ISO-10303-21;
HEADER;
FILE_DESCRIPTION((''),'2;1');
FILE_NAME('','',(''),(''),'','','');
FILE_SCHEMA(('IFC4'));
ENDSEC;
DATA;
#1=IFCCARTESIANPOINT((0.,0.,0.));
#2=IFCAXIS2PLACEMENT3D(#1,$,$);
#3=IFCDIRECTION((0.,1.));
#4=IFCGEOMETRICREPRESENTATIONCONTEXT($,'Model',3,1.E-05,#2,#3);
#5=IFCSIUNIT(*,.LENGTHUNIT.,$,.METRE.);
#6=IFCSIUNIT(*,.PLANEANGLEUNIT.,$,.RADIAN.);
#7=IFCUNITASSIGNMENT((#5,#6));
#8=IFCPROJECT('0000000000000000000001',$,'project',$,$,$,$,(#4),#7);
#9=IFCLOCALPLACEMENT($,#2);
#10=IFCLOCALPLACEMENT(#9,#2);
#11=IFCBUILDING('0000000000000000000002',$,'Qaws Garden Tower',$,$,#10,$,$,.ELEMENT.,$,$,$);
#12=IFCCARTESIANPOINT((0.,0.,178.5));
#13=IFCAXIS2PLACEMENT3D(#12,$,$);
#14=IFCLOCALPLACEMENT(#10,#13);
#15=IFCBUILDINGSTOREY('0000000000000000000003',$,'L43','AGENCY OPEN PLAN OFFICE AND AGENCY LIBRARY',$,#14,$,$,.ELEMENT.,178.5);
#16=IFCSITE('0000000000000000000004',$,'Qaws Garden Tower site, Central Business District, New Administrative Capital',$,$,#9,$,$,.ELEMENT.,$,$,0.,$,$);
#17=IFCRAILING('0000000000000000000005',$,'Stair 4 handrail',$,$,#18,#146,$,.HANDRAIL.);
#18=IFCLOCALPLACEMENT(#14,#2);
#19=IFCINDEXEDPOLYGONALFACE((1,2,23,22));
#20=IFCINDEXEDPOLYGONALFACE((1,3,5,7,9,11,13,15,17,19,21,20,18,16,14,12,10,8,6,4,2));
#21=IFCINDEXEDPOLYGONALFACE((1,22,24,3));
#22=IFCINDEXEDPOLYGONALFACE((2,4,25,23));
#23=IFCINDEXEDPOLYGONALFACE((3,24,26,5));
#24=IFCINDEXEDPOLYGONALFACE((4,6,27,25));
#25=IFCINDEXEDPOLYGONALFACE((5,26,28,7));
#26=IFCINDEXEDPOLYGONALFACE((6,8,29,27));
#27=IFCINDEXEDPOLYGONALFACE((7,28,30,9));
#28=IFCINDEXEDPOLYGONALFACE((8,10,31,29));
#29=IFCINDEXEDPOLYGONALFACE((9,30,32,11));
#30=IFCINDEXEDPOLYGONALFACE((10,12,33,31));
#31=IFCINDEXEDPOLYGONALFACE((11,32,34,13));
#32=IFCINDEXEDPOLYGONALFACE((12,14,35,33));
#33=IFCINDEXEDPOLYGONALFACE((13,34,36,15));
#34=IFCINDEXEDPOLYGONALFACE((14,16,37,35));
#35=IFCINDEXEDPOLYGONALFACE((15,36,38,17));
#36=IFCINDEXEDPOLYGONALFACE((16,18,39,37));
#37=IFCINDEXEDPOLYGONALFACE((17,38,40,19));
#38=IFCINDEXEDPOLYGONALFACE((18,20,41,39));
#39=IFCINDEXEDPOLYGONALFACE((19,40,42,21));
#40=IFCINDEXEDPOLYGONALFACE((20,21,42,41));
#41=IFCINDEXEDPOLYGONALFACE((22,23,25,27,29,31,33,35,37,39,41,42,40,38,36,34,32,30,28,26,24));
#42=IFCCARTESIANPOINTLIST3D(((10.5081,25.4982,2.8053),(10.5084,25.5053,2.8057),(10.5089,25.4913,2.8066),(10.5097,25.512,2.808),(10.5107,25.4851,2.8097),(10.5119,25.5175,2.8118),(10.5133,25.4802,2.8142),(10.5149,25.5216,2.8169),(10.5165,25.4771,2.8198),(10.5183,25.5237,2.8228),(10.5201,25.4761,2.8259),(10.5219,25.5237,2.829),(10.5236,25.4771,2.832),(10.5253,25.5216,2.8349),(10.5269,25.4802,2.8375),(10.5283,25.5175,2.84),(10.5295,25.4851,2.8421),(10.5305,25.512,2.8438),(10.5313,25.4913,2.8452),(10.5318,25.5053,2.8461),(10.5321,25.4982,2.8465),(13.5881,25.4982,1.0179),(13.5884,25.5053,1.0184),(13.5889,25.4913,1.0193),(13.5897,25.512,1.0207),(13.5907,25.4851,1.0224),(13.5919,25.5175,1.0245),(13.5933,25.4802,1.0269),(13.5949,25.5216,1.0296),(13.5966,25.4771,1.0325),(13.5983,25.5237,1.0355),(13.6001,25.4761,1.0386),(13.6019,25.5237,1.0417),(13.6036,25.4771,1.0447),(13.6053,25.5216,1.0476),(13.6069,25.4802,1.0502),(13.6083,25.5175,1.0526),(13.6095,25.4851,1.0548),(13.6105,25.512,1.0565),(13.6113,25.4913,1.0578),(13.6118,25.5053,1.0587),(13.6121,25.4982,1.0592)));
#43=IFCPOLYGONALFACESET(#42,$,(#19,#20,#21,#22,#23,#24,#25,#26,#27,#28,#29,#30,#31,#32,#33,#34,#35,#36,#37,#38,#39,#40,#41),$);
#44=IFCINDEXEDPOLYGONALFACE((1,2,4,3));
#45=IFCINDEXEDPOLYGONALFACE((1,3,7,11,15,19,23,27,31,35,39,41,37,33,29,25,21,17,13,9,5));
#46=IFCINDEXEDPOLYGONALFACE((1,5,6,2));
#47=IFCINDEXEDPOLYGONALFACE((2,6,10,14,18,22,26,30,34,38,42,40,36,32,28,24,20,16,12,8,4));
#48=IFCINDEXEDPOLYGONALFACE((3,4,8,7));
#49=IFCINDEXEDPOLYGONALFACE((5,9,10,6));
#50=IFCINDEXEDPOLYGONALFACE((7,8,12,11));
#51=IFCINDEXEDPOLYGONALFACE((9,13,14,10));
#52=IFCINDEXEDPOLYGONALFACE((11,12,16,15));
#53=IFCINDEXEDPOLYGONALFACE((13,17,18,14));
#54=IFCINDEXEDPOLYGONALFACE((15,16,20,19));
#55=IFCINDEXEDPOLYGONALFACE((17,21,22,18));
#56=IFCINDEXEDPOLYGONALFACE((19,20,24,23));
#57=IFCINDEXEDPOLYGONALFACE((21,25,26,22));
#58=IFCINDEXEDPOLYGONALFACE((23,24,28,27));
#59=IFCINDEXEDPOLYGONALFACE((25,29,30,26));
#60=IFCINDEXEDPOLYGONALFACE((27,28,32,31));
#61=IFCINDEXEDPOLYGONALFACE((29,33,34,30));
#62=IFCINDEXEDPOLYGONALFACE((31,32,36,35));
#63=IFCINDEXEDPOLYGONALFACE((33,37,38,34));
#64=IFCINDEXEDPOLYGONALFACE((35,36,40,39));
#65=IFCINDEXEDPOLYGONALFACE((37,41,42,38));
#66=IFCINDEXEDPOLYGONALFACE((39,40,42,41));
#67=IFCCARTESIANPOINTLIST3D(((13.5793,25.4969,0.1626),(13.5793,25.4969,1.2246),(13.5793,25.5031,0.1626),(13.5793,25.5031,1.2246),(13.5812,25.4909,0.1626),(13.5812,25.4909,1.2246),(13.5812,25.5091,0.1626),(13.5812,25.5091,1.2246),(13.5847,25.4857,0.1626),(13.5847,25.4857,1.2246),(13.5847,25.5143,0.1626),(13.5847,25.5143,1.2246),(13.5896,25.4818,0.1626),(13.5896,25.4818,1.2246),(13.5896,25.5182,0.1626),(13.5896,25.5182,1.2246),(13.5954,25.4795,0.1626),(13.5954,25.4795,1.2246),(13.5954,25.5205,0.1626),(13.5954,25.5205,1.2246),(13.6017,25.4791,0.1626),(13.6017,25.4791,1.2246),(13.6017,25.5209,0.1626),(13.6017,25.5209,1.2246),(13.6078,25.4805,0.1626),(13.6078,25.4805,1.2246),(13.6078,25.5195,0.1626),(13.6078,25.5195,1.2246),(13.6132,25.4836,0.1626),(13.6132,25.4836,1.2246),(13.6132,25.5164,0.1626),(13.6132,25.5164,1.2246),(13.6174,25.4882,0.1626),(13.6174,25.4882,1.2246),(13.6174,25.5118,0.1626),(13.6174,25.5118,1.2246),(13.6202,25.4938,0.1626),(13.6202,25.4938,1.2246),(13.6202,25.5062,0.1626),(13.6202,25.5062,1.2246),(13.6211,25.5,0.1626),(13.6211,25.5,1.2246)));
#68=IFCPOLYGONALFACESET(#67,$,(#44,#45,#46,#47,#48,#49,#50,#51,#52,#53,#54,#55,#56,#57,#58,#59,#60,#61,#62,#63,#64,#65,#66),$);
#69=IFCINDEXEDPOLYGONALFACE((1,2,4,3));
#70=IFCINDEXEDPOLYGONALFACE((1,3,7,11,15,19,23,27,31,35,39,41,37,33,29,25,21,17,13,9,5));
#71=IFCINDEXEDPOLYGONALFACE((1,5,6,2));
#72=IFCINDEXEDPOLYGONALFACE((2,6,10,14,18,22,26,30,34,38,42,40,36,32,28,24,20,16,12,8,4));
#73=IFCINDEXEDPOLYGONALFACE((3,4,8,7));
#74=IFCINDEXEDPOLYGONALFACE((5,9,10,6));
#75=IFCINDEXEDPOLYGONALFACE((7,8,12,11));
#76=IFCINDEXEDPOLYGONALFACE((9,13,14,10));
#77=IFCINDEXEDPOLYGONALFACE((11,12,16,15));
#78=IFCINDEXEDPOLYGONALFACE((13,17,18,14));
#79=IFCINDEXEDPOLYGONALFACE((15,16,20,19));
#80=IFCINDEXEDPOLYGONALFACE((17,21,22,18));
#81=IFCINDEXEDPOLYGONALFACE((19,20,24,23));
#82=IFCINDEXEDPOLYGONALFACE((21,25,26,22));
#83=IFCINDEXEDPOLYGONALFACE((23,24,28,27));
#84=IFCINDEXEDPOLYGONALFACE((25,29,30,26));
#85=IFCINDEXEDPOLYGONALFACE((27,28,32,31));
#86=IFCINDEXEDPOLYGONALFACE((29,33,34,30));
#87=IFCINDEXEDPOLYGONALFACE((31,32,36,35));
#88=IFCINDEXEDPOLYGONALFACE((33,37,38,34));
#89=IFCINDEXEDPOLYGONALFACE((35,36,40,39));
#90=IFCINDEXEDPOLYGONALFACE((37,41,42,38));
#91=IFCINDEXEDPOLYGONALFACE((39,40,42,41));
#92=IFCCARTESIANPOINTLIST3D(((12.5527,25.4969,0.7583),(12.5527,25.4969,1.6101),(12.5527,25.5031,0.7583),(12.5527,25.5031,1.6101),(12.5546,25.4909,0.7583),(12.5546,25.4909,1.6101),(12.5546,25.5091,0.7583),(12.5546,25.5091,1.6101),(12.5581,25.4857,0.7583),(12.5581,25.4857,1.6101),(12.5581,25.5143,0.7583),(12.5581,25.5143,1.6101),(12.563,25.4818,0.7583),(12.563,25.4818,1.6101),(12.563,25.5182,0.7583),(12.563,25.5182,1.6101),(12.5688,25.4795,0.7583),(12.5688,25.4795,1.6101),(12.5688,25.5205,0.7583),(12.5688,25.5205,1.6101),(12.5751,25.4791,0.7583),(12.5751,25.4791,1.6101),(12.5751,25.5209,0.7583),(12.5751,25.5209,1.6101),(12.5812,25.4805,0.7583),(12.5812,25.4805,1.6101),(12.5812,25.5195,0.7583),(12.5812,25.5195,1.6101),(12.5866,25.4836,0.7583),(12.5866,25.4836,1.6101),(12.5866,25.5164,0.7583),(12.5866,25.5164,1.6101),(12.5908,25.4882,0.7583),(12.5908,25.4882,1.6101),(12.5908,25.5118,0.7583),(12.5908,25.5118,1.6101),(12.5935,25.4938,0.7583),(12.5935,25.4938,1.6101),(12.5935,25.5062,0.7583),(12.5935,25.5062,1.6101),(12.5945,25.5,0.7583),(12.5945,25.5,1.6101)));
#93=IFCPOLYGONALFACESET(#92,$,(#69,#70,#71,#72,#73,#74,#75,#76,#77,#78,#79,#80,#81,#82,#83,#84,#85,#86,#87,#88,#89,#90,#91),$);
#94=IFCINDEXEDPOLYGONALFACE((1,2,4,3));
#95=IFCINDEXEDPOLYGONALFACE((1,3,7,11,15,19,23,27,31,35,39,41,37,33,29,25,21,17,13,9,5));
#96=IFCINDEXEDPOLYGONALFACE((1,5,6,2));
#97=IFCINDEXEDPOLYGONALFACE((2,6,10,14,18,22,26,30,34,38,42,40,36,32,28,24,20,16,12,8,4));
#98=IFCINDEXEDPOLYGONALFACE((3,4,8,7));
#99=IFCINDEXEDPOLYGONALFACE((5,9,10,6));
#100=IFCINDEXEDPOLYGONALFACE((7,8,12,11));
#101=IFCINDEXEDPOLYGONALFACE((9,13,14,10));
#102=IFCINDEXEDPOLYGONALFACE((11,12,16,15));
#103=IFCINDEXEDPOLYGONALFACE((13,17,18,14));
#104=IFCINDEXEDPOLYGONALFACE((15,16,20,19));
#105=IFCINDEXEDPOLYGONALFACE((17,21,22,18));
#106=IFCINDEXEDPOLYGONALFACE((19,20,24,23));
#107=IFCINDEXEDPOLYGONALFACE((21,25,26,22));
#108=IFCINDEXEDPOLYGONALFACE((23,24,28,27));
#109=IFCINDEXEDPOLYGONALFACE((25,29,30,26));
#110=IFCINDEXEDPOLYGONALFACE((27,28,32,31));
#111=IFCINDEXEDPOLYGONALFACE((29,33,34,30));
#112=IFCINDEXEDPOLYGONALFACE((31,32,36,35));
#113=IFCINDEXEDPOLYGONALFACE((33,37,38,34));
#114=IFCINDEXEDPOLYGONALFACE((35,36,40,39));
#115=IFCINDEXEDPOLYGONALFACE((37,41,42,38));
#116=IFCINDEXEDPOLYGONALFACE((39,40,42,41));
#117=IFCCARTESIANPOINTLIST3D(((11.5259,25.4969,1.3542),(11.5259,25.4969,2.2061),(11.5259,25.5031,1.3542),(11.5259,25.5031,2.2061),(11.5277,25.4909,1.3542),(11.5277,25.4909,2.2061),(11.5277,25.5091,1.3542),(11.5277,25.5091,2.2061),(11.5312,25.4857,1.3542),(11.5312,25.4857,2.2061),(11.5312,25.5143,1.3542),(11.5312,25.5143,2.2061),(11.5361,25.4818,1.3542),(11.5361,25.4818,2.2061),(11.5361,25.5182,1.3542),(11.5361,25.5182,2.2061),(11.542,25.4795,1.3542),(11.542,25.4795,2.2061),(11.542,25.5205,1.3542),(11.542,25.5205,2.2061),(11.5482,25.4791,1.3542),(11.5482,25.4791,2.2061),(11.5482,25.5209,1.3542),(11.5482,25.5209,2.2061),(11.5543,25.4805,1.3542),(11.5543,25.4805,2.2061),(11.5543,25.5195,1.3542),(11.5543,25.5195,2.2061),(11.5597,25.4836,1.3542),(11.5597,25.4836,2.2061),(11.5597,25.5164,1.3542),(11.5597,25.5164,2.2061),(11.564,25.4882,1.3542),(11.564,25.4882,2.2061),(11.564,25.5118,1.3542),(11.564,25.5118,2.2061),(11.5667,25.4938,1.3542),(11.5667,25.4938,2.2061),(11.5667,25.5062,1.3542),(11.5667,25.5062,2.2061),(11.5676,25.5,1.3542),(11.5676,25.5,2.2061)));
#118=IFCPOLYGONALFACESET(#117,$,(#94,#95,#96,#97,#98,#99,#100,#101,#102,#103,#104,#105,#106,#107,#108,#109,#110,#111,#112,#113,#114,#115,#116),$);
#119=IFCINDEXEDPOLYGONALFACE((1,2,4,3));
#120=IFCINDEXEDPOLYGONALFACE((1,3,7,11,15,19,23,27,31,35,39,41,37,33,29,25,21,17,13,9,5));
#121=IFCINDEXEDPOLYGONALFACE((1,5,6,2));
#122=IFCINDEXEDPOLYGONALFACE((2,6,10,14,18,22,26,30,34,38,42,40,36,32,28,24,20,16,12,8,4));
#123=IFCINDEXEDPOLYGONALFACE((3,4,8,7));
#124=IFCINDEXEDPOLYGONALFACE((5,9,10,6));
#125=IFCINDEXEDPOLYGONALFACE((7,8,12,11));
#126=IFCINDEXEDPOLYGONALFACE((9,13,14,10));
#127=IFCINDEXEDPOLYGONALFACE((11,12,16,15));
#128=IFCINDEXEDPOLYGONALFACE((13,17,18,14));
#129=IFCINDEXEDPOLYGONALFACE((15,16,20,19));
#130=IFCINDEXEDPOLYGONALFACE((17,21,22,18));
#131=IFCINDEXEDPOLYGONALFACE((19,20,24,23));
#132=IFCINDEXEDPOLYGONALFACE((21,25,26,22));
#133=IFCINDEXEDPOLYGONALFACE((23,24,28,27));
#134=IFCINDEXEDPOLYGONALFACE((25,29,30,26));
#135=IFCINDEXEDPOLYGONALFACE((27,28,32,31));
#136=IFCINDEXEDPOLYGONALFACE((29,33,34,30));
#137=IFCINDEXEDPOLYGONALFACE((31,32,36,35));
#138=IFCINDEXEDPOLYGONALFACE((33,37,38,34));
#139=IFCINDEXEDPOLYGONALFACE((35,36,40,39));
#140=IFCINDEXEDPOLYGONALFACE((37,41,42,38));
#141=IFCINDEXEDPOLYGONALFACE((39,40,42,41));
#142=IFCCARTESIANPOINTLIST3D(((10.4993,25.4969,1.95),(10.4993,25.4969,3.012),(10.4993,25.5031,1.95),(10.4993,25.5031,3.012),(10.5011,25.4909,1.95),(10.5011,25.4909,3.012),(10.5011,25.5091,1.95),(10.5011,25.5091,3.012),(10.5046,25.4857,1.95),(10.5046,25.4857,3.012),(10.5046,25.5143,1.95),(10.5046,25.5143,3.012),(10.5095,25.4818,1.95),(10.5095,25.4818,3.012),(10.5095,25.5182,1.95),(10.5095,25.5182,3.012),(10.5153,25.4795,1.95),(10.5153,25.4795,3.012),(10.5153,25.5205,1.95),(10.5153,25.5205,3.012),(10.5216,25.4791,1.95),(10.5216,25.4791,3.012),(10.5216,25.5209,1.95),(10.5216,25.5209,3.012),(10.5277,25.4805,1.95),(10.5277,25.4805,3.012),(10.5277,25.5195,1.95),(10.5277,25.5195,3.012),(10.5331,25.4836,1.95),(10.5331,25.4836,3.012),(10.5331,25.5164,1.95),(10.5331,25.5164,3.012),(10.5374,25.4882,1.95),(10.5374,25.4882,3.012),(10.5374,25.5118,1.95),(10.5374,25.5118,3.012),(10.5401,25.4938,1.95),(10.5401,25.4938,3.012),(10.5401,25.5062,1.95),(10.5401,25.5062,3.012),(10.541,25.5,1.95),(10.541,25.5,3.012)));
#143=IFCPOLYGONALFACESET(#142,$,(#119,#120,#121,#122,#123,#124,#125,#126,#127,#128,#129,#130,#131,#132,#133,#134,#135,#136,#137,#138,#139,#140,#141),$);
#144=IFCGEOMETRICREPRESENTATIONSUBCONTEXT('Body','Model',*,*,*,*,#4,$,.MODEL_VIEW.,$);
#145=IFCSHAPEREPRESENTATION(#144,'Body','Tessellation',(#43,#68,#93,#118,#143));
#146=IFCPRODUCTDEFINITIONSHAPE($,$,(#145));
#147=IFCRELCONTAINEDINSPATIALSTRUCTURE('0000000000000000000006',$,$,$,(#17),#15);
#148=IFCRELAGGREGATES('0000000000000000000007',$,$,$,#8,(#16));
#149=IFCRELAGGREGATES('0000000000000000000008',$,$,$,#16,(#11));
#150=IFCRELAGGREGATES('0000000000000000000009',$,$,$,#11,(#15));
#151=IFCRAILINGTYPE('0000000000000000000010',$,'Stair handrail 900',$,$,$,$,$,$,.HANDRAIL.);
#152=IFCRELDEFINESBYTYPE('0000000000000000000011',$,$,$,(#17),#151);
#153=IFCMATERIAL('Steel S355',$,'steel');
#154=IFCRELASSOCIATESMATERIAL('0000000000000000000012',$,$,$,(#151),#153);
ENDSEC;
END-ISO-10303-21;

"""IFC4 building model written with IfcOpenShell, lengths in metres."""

from ifc_helpers import new_model, si_unit, direction, frame, origin, origin_2d, place, context, subcontext, project, spatial, circle, extrude, material, type_object, element, save


model = new_model("IFC4")

# Units and contexts
model_context = context("Model", 3, precision=1e-05, world=origin(), true_north=direction((0.0, 1.0)))
body_context = subcontext(model_context, "Body", "Model", "MODEL_VIEW")
ifc_project = project(units=[si_unit("LENGTHUNIT", "METRE"), si_unit("PLANEANGLEUNIT", "RADIAN")], contexts=[model_context])

# Site, building, storey
site_placement = place(None, origin())
site = spatial("IfcSite", under=ifc_project, at=site_placement, Name="Qaws Garden Tower site, Central Business District, New Administrative Capital", CompositionType="ELEMENT", RefElevation=0.0)
building_placement = place(site_placement, origin())
building = spatial("IfcBuilding", under=site, at=building_placement, Name="Qaws Garden Tower", CompositionType="ELEMENT")
storey_placement = place(building_placement, frame((0.0, 0.0, 178.5)))
storey = spatial("IfcBuildingStorey", under=building, at=storey_placement, Name="L43", Description="AGENCY OPEN PLAN OFFICE AND AGENCY LIBRARY", CompositionType="ELEMENT", Elevation=178.5)

# Railing
ifc_material_1 = material(Name="Steel S355", Category="steel")
railing_type = type_object("IfcRailingType", Name="Stair handrail 900", PredefinedType="HANDRAIL", material=ifc_material_1)
railing_1_placement = place(storey_placement, frame((13.6001, 25.5, 0.1626)))
element("IfcRailing", 1, at=railing_1_placement, inside=storey, type_object=railing_type, Name="Stair 4 handrail", PredefinedType="HANDRAIL", context=body_context, shape_type="SweptSolid", body=[
    extrude(circle(Radius=0.0239, at=origin_2d()), frame((0.0, 0.0, 0.876), z_axis=(-0.86492, 0.0, 0.501909), x_axis=(0.0, -1.0, 0.0)), (0.0, 0.0, 1.0), 3.561),
    extrude(circle(Radius=0.021, at=origin_2d()), origin(), (0.0, 0.0, 1.0), 1.062),
    extrude(circle(Radius=0.021, at=origin_2d()), frame((-1.0266, 0.0, 0.5957)), (0.0, 0.0, 1.0), 0.8518),
    extrude(circle(Radius=0.021, at=origin_2d()), frame((-2.0535, 0.0, 1.1917)), (0.0, 0.0, 1.0), 0.8518),
    extrude(circle(Radius=0.021, at=origin_2d()), frame((-3.0801, 0.0, 1.7874)), (0.0, 0.0, 1.0), 1.062),
])

save(model, "model.ifc")
